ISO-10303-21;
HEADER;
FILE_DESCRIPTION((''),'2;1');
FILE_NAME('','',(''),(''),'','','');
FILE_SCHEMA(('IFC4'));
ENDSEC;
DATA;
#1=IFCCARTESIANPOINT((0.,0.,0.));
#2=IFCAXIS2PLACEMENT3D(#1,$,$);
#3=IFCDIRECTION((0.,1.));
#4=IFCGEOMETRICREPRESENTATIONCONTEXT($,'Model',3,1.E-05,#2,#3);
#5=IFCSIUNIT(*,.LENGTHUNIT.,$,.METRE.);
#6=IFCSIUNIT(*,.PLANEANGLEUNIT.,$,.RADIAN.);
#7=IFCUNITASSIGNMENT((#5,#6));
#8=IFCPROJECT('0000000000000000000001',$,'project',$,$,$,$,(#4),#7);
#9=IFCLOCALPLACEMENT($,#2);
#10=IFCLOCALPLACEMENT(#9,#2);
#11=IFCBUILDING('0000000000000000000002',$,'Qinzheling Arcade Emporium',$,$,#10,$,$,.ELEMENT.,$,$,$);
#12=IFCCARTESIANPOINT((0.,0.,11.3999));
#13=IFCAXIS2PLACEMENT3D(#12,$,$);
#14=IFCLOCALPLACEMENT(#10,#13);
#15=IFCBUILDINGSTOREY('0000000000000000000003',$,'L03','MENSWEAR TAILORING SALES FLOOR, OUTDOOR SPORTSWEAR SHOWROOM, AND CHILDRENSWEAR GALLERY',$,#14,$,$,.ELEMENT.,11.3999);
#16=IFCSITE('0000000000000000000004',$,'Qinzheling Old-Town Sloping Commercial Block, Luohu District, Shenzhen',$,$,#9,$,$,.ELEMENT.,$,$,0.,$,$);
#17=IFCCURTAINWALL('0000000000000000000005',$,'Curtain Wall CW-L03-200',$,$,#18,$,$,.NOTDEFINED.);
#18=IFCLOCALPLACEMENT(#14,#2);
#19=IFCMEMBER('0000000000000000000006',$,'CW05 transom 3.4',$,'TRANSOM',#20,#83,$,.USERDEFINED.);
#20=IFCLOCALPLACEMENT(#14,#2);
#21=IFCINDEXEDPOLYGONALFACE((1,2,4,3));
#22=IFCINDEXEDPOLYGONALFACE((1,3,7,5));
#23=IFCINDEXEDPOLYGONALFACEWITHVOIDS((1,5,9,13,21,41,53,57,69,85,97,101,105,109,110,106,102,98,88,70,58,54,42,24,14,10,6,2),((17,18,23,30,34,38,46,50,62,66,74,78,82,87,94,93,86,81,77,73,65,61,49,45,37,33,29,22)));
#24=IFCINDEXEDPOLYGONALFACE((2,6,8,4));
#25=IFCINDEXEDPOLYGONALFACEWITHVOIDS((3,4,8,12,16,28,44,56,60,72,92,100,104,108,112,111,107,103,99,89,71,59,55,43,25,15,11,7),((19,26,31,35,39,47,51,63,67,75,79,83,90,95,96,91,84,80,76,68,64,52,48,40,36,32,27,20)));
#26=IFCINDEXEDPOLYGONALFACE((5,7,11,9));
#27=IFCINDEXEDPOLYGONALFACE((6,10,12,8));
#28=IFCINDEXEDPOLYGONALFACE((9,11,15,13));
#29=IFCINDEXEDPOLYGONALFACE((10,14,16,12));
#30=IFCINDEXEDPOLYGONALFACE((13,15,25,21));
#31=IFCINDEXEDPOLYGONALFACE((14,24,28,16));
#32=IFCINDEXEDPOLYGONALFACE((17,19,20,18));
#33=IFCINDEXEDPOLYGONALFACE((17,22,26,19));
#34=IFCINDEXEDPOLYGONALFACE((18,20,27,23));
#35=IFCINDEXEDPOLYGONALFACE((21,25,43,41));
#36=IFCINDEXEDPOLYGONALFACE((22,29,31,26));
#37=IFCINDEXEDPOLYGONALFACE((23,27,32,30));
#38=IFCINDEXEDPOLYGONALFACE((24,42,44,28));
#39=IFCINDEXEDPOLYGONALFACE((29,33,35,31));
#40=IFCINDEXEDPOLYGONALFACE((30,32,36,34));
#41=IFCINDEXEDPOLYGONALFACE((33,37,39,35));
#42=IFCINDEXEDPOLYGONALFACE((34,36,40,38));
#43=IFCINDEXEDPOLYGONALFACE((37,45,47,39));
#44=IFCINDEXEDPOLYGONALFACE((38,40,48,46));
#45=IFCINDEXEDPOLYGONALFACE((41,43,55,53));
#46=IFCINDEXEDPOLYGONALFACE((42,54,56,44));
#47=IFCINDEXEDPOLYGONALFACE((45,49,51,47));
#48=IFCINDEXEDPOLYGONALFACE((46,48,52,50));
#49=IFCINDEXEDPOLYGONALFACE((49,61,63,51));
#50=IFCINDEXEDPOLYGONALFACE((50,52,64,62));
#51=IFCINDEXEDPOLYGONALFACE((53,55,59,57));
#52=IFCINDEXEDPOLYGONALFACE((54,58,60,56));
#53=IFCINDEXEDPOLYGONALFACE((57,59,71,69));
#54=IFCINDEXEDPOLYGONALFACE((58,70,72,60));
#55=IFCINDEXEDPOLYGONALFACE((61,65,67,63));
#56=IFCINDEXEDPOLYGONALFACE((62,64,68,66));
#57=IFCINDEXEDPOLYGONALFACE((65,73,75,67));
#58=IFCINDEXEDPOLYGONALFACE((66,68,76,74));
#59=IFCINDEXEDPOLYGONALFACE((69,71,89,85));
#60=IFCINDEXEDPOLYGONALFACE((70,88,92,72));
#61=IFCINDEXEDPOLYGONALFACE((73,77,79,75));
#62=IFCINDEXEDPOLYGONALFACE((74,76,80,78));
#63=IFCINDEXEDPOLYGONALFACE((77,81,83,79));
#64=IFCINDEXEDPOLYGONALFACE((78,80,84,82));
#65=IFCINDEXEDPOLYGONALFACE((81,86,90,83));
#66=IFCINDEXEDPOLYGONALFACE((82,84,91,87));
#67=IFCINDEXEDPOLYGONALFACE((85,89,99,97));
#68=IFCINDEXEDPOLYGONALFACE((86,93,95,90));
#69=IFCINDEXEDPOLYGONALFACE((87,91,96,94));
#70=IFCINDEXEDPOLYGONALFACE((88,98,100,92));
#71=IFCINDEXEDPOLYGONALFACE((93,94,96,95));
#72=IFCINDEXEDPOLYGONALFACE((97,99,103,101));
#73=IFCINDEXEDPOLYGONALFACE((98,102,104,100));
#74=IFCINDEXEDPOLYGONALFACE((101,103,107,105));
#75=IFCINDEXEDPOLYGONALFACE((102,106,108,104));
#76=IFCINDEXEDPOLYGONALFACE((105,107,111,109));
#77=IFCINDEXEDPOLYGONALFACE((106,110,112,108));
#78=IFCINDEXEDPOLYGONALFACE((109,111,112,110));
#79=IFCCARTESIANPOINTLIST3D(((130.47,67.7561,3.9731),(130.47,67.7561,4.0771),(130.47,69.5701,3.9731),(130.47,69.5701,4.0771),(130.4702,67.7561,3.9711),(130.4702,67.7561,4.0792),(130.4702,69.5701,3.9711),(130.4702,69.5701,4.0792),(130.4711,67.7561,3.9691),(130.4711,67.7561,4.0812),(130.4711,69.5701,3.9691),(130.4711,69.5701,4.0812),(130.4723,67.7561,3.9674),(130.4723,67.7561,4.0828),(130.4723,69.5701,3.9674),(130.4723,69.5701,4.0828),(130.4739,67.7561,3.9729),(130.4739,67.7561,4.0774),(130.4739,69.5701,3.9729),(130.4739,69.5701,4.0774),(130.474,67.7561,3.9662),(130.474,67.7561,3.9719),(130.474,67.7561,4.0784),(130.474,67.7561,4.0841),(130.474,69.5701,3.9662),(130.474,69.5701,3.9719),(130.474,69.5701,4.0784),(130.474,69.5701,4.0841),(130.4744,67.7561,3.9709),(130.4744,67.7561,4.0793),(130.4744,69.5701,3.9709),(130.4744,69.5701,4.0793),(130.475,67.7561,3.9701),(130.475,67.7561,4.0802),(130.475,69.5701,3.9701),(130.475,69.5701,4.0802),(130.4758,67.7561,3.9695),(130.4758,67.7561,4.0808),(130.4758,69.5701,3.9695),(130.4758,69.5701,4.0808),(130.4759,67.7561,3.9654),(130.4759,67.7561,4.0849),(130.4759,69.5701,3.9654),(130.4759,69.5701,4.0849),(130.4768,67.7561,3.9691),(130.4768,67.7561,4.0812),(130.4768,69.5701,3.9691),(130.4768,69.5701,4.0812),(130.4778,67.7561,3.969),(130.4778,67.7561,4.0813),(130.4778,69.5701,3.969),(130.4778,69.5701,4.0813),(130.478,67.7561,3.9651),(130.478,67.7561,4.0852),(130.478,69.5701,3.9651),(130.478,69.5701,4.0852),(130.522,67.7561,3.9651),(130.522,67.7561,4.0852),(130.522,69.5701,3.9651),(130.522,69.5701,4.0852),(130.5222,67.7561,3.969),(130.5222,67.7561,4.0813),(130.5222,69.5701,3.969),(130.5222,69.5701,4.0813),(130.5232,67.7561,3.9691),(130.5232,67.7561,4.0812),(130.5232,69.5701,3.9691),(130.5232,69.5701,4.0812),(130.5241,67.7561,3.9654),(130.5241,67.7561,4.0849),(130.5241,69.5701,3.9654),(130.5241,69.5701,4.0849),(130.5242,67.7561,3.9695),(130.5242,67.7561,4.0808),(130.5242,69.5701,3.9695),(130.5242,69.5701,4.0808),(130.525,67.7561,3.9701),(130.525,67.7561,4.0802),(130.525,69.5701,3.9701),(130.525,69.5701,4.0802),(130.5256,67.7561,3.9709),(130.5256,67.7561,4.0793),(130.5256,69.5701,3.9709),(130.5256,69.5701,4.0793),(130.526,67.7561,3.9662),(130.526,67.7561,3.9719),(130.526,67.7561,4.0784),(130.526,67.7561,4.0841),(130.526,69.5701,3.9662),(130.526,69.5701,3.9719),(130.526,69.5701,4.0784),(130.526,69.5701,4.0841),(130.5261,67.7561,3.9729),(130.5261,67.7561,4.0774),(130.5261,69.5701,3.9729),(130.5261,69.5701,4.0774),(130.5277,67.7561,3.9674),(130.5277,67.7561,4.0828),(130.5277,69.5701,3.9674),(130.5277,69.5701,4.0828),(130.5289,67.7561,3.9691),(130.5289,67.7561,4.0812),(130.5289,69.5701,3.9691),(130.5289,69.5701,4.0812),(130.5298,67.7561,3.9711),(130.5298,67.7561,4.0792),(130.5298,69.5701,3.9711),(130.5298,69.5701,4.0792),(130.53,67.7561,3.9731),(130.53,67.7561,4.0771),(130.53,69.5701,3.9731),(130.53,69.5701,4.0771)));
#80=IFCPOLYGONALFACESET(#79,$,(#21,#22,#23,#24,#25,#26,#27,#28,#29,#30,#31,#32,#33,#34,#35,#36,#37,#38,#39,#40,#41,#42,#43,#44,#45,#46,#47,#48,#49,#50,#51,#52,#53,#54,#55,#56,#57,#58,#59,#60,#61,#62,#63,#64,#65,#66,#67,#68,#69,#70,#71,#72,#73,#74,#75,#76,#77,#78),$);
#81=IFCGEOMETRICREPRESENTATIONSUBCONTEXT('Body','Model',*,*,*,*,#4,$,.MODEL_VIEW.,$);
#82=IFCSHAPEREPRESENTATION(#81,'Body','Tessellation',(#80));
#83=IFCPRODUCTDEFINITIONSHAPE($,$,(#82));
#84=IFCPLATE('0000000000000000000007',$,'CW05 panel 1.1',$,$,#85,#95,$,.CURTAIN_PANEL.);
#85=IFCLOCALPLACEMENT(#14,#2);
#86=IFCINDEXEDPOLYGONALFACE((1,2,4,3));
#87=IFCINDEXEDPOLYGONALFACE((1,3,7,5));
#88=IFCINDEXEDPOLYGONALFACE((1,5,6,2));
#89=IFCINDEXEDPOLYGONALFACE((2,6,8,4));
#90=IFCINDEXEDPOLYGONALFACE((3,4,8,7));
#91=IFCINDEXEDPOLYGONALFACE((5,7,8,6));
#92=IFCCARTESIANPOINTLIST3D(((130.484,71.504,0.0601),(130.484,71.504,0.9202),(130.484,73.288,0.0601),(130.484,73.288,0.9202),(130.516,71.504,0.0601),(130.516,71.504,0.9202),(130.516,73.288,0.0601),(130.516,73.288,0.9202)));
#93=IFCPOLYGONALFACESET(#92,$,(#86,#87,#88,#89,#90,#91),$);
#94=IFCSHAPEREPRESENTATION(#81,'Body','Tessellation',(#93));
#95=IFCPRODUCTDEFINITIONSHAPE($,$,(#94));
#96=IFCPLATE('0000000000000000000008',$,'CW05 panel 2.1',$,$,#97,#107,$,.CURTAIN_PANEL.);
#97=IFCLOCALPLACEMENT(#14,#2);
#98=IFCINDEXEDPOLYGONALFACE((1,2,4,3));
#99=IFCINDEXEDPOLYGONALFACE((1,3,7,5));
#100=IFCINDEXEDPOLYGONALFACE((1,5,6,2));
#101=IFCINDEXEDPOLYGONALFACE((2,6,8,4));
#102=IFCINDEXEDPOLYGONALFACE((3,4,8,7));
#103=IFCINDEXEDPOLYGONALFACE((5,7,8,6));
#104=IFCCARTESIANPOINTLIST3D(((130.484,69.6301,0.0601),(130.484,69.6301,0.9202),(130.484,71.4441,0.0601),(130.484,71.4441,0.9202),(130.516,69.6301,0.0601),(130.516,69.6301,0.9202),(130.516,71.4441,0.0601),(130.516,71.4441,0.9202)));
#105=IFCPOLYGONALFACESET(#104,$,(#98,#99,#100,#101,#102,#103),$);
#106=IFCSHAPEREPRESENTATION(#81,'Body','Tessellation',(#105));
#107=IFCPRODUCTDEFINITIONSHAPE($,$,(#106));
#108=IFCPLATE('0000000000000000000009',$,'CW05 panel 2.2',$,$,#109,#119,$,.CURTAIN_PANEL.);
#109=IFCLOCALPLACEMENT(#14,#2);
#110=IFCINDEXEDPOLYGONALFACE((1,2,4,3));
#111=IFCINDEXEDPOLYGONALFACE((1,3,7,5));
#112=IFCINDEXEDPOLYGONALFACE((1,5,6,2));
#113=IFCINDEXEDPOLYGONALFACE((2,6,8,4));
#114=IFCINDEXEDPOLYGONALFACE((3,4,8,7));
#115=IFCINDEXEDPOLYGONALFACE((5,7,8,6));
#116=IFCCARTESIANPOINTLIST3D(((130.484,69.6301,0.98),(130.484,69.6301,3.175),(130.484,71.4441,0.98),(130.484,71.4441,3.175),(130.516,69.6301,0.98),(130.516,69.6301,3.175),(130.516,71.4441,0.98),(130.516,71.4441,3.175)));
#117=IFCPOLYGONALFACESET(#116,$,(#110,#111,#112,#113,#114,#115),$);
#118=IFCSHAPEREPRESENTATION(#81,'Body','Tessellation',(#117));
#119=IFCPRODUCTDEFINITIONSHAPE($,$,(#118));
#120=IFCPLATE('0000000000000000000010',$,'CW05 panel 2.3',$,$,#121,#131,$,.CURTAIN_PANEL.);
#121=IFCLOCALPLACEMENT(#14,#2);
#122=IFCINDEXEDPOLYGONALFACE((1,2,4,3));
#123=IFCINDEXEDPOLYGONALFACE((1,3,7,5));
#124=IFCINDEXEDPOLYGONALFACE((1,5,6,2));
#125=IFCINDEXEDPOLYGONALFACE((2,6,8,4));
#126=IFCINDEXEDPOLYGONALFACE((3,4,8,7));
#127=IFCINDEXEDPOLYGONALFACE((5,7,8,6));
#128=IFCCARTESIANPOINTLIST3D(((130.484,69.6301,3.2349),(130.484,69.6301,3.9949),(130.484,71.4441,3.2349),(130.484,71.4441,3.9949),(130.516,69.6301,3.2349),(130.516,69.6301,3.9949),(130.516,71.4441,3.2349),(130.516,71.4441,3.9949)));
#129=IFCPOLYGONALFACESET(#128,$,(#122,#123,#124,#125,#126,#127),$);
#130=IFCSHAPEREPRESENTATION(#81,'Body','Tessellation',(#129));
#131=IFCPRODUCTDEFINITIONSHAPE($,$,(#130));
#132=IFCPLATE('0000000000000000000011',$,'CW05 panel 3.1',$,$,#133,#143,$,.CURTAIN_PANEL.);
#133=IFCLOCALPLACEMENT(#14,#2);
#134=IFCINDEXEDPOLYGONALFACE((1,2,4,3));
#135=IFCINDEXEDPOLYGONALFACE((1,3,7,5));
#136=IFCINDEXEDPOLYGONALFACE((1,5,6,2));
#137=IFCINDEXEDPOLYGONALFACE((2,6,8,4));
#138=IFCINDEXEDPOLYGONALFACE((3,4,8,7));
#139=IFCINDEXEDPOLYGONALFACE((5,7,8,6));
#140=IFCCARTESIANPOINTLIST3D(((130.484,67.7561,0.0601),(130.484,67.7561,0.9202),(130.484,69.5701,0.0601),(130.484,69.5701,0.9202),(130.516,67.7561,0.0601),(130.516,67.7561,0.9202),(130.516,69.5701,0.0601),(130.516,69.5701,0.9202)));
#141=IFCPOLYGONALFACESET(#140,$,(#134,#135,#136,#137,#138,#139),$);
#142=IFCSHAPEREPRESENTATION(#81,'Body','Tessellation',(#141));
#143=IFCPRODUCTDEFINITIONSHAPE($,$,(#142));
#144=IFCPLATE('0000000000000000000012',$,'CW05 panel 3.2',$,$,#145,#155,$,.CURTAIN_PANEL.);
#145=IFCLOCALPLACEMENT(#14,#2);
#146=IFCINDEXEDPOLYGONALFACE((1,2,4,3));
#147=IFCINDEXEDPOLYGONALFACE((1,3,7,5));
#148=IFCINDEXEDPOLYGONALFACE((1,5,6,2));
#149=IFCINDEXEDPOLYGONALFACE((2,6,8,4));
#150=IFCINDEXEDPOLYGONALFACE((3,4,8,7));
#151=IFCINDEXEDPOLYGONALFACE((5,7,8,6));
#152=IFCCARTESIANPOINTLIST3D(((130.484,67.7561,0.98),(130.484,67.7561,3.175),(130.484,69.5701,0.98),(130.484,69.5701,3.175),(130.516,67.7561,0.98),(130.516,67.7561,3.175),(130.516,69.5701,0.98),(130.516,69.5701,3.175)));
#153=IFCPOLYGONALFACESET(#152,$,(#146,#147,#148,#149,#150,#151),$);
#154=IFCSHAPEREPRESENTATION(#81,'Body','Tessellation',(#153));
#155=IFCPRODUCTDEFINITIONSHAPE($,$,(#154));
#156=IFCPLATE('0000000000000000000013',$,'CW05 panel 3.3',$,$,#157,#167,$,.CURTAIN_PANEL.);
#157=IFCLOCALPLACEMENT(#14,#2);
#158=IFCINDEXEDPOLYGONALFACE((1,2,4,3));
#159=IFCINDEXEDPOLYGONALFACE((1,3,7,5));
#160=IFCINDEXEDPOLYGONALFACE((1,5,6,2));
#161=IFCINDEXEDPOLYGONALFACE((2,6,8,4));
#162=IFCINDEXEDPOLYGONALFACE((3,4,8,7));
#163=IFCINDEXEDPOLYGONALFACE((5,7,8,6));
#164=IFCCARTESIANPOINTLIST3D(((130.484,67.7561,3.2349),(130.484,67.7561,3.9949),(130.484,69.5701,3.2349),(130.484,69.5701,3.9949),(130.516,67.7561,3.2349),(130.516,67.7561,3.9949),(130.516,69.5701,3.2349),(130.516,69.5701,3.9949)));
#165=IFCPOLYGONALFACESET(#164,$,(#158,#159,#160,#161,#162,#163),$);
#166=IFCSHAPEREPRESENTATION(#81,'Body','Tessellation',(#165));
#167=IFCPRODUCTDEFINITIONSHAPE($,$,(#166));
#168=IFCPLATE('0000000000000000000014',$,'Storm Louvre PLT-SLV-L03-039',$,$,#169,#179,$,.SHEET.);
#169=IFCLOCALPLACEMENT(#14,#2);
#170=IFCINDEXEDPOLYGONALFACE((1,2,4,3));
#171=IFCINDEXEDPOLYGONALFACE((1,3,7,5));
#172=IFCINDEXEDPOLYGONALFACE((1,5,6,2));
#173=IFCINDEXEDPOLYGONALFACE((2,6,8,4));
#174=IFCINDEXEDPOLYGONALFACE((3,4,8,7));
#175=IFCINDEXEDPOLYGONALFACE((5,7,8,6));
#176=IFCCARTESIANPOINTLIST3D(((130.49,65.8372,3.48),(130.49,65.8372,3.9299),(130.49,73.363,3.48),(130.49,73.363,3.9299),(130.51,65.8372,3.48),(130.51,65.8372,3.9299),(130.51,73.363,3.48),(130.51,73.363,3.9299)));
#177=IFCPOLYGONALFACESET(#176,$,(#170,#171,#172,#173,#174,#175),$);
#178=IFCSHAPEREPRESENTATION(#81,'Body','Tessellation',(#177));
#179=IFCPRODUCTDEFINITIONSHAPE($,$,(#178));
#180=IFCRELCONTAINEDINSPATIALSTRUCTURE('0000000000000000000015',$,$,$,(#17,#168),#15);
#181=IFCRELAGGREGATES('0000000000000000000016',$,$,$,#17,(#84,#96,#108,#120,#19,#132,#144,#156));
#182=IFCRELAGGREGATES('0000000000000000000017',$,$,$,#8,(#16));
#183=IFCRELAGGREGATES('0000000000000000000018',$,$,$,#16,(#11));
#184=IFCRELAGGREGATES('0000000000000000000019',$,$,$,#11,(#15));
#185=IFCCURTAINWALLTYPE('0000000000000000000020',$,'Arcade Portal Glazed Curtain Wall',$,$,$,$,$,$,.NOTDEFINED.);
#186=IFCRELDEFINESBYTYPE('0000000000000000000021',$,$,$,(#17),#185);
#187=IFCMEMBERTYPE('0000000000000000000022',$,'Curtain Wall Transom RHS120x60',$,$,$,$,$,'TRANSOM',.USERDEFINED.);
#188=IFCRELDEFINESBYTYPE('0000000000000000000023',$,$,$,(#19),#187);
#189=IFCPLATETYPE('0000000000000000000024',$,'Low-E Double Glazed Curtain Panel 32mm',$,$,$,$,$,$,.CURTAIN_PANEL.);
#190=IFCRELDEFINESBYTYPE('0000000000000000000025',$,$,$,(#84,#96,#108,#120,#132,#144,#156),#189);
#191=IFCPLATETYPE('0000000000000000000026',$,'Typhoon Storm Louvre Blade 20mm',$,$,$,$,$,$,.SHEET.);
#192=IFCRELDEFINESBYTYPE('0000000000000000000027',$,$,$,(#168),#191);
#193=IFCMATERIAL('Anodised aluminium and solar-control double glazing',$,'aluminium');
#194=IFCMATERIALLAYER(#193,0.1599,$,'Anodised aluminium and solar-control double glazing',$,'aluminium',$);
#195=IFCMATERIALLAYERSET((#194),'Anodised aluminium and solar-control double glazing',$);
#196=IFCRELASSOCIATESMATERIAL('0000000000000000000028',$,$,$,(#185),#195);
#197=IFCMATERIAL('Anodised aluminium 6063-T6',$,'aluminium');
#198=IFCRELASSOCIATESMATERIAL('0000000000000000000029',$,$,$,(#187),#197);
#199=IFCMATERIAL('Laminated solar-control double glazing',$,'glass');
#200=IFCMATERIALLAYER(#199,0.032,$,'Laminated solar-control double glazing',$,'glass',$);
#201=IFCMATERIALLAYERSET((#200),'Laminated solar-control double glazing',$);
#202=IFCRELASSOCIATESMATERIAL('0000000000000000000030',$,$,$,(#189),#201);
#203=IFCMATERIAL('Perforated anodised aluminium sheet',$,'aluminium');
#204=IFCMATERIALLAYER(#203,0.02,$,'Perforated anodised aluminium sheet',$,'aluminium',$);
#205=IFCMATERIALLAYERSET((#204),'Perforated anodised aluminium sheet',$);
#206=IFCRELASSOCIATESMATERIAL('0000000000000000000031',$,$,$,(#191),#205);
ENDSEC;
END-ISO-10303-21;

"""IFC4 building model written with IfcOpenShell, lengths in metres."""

from ifc_helpers import new_model, si_unit, direction, frame, origin, origin_2d, place, context, subcontext, project, spatial, rectangle, hollow_rectangle, extrude, material, layer, layer_set, material_profile, profile_set, type_object, element, aggregate, save


model = new_model("IFC4")

# Units and contexts
model_context = context("Model", 3, precision=1e-05, world=origin(), true_north=direction((0.0, 1.0)))
body_context = subcontext(model_context, "Body", "Model", "MODEL_VIEW")
ifc_project = project(units=[si_unit("LENGTHUNIT", "METRE"), si_unit("PLANEANGLEUNIT", "RADIAN")], contexts=[model_context])

# Site, building, storey
site_placement = place(None, origin())
site = spatial("IfcSite", under=ifc_project, at=site_placement, Name="Qinzheling Old-Town Sloping Commercial Block, Luohu District, Shenzhen", CompositionType="ELEMENT", RefElevation=0.0)
building_placement = place(site_placement, origin())
building = spatial("IfcBuilding", under=site, at=building_placement, Name="Qinzheling Arcade Emporium", CompositionType="ELEMENT")
storey_placement = place(building_placement, frame((0.0, 0.0, 11.3999)))
storey = spatial("IfcBuildingStorey", under=building, at=storey_placement, Name="L03", Description="MENSWEAR TAILORING SALES FLOOR, OUTDOOR SPORTSWEAR SHOWROOM, AND CHILDRENSWEAR GALLERY", CompositionType="ELEMENT", Elevation=11.3999)

# Curtain wall, member, plates
ifc_material_1 = material(Name="Anodised aluminium and solar-control double glazing", Category="aluminium")
ifc_layer_1 = layer(ifc_material_1, 0.1599, Name="Anodised aluminium and solar-control double glazing", Category="aluminium")
ifc_layer_set_1 = layer_set([ifc_layer_1], Name="Anodised aluminium and solar-control double glazing")
curtain_wall_type = type_object("IfcCurtainWallType", Name="Arcade Portal Glazed Curtain Wall", PredefinedType="NOTDEFINED", material=ifc_layer_set_1)
curtain_wall_placement = place(storey_placement, origin())
curtain_wall = element("IfcCurtainWall", 1, at=curtain_wall_placement, inside=storey, type_object=curtain_wall_type, Name="Curtain Wall CW-L03-200", PredefinedType="NOTDEFINED")
ifc_material_2 = material(Name="Anodised aluminium 6063-T6", Category="aluminium")
ifc_material_profile_1 = material_profile(ifc_material_2, hollow_rectangle(XDim=0.0601, YDim=0.1201, WallThickness=0.0039, InnerFilletRadius=0.0039, OuterFilletRadius=0.0081, at=origin_2d()), Name="RHS 120x60x4", Category="aluminium")
ifc_profile_set_1 = profile_set([ifc_material_profile_1], Name="Anodised aluminium 6063-T6")
member_type_1 = type_object("IfcMemberType", Name="Curtain Wall Transom RHS120x60", ElementType="TRANSOM", PredefinedType="USERDEFINED", material=ifc_profile_set_1)
member_1_placement = place(storey_placement, frame((130.5, 69.5701, 4.0251), z_axis=(0.0, -1.0, 0.0), x_axis=(1.0, 0.0, 0.0)))
member_1 = element("IfcMember", 2, at=member_1_placement, type_object=member_type_1, Name="CW05 transom 3.4", ObjectType="TRANSOM", PredefinedType="USERDEFINED", context=body_context, shape_type="SweptSolid", body=[
    extrude(hollow_rectangle(XDim=0.0601, YDim=0.1201, WallThickness=0.0039, InnerFilletRadius=0.0039, OuterFilletRadius=0.0081, at=origin_2d()), origin(), (0.0, 0.0, 1.0), 1.814),
])
ifc_material_3 = material(Name="Laminated solar-control double glazing", Category="glass")
ifc_layer_2 = layer(ifc_material_3, 0.032, Name="Laminated solar-control double glazing", Category="glass")
ifc_layer_set_2 = layer_set([ifc_layer_2], Name="Laminated solar-control double glazing")
plate_type_1 = type_object("IfcPlateType", Name="Low-E Double Glazed Curtain Panel 32mm", PredefinedType="CURTAIN_PANEL", material=ifc_layer_set_2)
plate_1_placement = place(storey_placement, frame((130.5, 72.396, 0.0601), z_axis=(0.0, 0.0, 1.0), x_axis=(0.0, -1.0, 0.0)))
plate_1 = element("IfcPlate", 3, at=plate_1_placement, type_object=plate_type_1, Name="CW05 panel 1.1", PredefinedType="CURTAIN_PANEL", context=body_context, shape_type="SweptSolid", body=[
    extrude(rectangle(XDim=1.7839, YDim=0.032, at=origin_2d()), origin(), (0.0, 0.0, 1.0), 0.8601),
])
plate_2_placement = place(storey_placement, frame((130.5, 70.5371, 0.0601), z_axis=(0.0, 0.0, 1.0), x_axis=(0.0, -1.0, 0.0)))
plate_2 = element("IfcPlate", 4, at=plate_2_placement, type_object=plate_type_1, Name="CW05 panel 2.1", PredefinedType="CURTAIN_PANEL", context=body_context, shape_type="SweptSolid", body=[
    extrude(rectangle(XDim=1.814, YDim=0.032, at=origin_2d()), origin(), (0.0, 0.0, 1.0), 0.8601),
])
plate_3_placement = place(storey_placement, frame((130.5, 70.5371, 0.98), z_axis=(0.0, 0.0, 1.0), x_axis=(0.0, -1.0, 0.0)))
plate_3 = element("IfcPlate", 5, at=plate_3_placement, type_object=plate_type_1, Name="CW05 panel 2.2", PredefinedType="CURTAIN_PANEL", context=body_context, shape_type="SweptSolid", body=[
    extrude(rectangle(XDim=1.814, YDim=0.032, at=origin_2d()), origin(), (0.0, 0.0, 1.0), 2.1951),
])
plate_4_placement = place(storey_placement, frame((130.5, 70.5371, 3.2349), z_axis=(0.0, 0.0, 1.0), x_axis=(0.0, -1.0, 0.0)))
plate_4 = element("IfcPlate", 6, at=plate_4_placement, type_object=plate_type_1, Name="CW05 panel 2.3", PredefinedType="CURTAIN_PANEL", context=body_context, shape_type="SweptSolid", body=[
    extrude(rectangle(XDim=1.814, YDim=0.032, at=origin_2d()), origin(), (0.0, 0.0, 1.0), 0.76),
])
plate_5_placement = place(storey_placement, frame((130.5, 68.6631, 0.0601), z_axis=(0.0, 0.0, 1.0), x_axis=(0.0, -1.0, 0.0)))
plate_5 = element("IfcPlate", 7, at=plate_5_placement, type_object=plate_type_1, Name="CW05 panel 3.1", PredefinedType="CURTAIN_PANEL", context=body_context, shape_type="SweptSolid", body=[
    extrude(rectangle(XDim=1.814, YDim=0.032, at=origin_2d()), origin(), (0.0, 0.0, 1.0), 0.8601),
])
plate_6_placement = place(storey_placement, frame((130.5, 68.6631, 0.98), z_axis=(0.0, 0.0, 1.0), x_axis=(0.0, -1.0, 0.0)))
plate_6 = element("IfcPlate", 8, at=plate_6_placement, type_object=plate_type_1, Name="CW05 panel 3.2", PredefinedType="CURTAIN_PANEL", context=body_context, shape_type="SweptSolid", body=[
    extrude(rectangle(XDim=1.814, YDim=0.032, at=origin_2d()), origin(), (0.0, 0.0, 1.0), 2.1951),
])
plate_7_placement = place(storey_placement, frame((130.5, 68.6631, 3.2349), z_axis=(0.0, 0.0, 1.0), x_axis=(0.0, -1.0, 0.0)))
plate_7 = element("IfcPlate", 9, at=plate_7_placement, type_object=plate_type_1, Name="CW05 panel 3.3", PredefinedType="CURTAIN_PANEL", context=body_context, shape_type="SweptSolid", body=[
    extrude(rectangle(XDim=1.814, YDim=0.032, at=origin_2d()), origin(), (0.0, 0.0, 1.0), 0.76),
])
aggregate(curtain_wall, [plate_1, plate_2, plate_3, plate_4, member_1, plate_5, plate_6, plate_7])

# Plate
ifc_material_4 = material(Name="Perforated anodised aluminium sheet", Category="aluminium")
ifc_layer_3 = layer(ifc_material_4, 0.02, Name="Perforated anodised aluminium sheet", Category="aluminium")
ifc_layer_set_3 = layer_set([ifc_layer_3], Name="Perforated anodised aluminium sheet")
plate_type_2 = type_object("IfcPlateType", Name="Typhoon Storm Louvre Blade 20mm", PredefinedType="SHEET", material=ifc_layer_set_3)
plate_8_placement = place(storey_placement, frame((130.5, 69.6001, 3.48), z_axis=(0.0, 0.0, 1.0), x_axis=(0.0, -1.0, 0.0)))
element("IfcPlate", 10, at=plate_8_placement, inside=storey, type_object=plate_type_2, Name="Storm Louvre PLT-SLV-L03-039", PredefinedType="SHEET", context=body_context, shape_type="SweptSolid", body=[
    extrude(rectangle(XDim=7.5259, YDim=0.02, at=origin_2d()), origin(), (0.0, 0.0, 1.0), 0.45),
])

save(model, "model.ifc")
